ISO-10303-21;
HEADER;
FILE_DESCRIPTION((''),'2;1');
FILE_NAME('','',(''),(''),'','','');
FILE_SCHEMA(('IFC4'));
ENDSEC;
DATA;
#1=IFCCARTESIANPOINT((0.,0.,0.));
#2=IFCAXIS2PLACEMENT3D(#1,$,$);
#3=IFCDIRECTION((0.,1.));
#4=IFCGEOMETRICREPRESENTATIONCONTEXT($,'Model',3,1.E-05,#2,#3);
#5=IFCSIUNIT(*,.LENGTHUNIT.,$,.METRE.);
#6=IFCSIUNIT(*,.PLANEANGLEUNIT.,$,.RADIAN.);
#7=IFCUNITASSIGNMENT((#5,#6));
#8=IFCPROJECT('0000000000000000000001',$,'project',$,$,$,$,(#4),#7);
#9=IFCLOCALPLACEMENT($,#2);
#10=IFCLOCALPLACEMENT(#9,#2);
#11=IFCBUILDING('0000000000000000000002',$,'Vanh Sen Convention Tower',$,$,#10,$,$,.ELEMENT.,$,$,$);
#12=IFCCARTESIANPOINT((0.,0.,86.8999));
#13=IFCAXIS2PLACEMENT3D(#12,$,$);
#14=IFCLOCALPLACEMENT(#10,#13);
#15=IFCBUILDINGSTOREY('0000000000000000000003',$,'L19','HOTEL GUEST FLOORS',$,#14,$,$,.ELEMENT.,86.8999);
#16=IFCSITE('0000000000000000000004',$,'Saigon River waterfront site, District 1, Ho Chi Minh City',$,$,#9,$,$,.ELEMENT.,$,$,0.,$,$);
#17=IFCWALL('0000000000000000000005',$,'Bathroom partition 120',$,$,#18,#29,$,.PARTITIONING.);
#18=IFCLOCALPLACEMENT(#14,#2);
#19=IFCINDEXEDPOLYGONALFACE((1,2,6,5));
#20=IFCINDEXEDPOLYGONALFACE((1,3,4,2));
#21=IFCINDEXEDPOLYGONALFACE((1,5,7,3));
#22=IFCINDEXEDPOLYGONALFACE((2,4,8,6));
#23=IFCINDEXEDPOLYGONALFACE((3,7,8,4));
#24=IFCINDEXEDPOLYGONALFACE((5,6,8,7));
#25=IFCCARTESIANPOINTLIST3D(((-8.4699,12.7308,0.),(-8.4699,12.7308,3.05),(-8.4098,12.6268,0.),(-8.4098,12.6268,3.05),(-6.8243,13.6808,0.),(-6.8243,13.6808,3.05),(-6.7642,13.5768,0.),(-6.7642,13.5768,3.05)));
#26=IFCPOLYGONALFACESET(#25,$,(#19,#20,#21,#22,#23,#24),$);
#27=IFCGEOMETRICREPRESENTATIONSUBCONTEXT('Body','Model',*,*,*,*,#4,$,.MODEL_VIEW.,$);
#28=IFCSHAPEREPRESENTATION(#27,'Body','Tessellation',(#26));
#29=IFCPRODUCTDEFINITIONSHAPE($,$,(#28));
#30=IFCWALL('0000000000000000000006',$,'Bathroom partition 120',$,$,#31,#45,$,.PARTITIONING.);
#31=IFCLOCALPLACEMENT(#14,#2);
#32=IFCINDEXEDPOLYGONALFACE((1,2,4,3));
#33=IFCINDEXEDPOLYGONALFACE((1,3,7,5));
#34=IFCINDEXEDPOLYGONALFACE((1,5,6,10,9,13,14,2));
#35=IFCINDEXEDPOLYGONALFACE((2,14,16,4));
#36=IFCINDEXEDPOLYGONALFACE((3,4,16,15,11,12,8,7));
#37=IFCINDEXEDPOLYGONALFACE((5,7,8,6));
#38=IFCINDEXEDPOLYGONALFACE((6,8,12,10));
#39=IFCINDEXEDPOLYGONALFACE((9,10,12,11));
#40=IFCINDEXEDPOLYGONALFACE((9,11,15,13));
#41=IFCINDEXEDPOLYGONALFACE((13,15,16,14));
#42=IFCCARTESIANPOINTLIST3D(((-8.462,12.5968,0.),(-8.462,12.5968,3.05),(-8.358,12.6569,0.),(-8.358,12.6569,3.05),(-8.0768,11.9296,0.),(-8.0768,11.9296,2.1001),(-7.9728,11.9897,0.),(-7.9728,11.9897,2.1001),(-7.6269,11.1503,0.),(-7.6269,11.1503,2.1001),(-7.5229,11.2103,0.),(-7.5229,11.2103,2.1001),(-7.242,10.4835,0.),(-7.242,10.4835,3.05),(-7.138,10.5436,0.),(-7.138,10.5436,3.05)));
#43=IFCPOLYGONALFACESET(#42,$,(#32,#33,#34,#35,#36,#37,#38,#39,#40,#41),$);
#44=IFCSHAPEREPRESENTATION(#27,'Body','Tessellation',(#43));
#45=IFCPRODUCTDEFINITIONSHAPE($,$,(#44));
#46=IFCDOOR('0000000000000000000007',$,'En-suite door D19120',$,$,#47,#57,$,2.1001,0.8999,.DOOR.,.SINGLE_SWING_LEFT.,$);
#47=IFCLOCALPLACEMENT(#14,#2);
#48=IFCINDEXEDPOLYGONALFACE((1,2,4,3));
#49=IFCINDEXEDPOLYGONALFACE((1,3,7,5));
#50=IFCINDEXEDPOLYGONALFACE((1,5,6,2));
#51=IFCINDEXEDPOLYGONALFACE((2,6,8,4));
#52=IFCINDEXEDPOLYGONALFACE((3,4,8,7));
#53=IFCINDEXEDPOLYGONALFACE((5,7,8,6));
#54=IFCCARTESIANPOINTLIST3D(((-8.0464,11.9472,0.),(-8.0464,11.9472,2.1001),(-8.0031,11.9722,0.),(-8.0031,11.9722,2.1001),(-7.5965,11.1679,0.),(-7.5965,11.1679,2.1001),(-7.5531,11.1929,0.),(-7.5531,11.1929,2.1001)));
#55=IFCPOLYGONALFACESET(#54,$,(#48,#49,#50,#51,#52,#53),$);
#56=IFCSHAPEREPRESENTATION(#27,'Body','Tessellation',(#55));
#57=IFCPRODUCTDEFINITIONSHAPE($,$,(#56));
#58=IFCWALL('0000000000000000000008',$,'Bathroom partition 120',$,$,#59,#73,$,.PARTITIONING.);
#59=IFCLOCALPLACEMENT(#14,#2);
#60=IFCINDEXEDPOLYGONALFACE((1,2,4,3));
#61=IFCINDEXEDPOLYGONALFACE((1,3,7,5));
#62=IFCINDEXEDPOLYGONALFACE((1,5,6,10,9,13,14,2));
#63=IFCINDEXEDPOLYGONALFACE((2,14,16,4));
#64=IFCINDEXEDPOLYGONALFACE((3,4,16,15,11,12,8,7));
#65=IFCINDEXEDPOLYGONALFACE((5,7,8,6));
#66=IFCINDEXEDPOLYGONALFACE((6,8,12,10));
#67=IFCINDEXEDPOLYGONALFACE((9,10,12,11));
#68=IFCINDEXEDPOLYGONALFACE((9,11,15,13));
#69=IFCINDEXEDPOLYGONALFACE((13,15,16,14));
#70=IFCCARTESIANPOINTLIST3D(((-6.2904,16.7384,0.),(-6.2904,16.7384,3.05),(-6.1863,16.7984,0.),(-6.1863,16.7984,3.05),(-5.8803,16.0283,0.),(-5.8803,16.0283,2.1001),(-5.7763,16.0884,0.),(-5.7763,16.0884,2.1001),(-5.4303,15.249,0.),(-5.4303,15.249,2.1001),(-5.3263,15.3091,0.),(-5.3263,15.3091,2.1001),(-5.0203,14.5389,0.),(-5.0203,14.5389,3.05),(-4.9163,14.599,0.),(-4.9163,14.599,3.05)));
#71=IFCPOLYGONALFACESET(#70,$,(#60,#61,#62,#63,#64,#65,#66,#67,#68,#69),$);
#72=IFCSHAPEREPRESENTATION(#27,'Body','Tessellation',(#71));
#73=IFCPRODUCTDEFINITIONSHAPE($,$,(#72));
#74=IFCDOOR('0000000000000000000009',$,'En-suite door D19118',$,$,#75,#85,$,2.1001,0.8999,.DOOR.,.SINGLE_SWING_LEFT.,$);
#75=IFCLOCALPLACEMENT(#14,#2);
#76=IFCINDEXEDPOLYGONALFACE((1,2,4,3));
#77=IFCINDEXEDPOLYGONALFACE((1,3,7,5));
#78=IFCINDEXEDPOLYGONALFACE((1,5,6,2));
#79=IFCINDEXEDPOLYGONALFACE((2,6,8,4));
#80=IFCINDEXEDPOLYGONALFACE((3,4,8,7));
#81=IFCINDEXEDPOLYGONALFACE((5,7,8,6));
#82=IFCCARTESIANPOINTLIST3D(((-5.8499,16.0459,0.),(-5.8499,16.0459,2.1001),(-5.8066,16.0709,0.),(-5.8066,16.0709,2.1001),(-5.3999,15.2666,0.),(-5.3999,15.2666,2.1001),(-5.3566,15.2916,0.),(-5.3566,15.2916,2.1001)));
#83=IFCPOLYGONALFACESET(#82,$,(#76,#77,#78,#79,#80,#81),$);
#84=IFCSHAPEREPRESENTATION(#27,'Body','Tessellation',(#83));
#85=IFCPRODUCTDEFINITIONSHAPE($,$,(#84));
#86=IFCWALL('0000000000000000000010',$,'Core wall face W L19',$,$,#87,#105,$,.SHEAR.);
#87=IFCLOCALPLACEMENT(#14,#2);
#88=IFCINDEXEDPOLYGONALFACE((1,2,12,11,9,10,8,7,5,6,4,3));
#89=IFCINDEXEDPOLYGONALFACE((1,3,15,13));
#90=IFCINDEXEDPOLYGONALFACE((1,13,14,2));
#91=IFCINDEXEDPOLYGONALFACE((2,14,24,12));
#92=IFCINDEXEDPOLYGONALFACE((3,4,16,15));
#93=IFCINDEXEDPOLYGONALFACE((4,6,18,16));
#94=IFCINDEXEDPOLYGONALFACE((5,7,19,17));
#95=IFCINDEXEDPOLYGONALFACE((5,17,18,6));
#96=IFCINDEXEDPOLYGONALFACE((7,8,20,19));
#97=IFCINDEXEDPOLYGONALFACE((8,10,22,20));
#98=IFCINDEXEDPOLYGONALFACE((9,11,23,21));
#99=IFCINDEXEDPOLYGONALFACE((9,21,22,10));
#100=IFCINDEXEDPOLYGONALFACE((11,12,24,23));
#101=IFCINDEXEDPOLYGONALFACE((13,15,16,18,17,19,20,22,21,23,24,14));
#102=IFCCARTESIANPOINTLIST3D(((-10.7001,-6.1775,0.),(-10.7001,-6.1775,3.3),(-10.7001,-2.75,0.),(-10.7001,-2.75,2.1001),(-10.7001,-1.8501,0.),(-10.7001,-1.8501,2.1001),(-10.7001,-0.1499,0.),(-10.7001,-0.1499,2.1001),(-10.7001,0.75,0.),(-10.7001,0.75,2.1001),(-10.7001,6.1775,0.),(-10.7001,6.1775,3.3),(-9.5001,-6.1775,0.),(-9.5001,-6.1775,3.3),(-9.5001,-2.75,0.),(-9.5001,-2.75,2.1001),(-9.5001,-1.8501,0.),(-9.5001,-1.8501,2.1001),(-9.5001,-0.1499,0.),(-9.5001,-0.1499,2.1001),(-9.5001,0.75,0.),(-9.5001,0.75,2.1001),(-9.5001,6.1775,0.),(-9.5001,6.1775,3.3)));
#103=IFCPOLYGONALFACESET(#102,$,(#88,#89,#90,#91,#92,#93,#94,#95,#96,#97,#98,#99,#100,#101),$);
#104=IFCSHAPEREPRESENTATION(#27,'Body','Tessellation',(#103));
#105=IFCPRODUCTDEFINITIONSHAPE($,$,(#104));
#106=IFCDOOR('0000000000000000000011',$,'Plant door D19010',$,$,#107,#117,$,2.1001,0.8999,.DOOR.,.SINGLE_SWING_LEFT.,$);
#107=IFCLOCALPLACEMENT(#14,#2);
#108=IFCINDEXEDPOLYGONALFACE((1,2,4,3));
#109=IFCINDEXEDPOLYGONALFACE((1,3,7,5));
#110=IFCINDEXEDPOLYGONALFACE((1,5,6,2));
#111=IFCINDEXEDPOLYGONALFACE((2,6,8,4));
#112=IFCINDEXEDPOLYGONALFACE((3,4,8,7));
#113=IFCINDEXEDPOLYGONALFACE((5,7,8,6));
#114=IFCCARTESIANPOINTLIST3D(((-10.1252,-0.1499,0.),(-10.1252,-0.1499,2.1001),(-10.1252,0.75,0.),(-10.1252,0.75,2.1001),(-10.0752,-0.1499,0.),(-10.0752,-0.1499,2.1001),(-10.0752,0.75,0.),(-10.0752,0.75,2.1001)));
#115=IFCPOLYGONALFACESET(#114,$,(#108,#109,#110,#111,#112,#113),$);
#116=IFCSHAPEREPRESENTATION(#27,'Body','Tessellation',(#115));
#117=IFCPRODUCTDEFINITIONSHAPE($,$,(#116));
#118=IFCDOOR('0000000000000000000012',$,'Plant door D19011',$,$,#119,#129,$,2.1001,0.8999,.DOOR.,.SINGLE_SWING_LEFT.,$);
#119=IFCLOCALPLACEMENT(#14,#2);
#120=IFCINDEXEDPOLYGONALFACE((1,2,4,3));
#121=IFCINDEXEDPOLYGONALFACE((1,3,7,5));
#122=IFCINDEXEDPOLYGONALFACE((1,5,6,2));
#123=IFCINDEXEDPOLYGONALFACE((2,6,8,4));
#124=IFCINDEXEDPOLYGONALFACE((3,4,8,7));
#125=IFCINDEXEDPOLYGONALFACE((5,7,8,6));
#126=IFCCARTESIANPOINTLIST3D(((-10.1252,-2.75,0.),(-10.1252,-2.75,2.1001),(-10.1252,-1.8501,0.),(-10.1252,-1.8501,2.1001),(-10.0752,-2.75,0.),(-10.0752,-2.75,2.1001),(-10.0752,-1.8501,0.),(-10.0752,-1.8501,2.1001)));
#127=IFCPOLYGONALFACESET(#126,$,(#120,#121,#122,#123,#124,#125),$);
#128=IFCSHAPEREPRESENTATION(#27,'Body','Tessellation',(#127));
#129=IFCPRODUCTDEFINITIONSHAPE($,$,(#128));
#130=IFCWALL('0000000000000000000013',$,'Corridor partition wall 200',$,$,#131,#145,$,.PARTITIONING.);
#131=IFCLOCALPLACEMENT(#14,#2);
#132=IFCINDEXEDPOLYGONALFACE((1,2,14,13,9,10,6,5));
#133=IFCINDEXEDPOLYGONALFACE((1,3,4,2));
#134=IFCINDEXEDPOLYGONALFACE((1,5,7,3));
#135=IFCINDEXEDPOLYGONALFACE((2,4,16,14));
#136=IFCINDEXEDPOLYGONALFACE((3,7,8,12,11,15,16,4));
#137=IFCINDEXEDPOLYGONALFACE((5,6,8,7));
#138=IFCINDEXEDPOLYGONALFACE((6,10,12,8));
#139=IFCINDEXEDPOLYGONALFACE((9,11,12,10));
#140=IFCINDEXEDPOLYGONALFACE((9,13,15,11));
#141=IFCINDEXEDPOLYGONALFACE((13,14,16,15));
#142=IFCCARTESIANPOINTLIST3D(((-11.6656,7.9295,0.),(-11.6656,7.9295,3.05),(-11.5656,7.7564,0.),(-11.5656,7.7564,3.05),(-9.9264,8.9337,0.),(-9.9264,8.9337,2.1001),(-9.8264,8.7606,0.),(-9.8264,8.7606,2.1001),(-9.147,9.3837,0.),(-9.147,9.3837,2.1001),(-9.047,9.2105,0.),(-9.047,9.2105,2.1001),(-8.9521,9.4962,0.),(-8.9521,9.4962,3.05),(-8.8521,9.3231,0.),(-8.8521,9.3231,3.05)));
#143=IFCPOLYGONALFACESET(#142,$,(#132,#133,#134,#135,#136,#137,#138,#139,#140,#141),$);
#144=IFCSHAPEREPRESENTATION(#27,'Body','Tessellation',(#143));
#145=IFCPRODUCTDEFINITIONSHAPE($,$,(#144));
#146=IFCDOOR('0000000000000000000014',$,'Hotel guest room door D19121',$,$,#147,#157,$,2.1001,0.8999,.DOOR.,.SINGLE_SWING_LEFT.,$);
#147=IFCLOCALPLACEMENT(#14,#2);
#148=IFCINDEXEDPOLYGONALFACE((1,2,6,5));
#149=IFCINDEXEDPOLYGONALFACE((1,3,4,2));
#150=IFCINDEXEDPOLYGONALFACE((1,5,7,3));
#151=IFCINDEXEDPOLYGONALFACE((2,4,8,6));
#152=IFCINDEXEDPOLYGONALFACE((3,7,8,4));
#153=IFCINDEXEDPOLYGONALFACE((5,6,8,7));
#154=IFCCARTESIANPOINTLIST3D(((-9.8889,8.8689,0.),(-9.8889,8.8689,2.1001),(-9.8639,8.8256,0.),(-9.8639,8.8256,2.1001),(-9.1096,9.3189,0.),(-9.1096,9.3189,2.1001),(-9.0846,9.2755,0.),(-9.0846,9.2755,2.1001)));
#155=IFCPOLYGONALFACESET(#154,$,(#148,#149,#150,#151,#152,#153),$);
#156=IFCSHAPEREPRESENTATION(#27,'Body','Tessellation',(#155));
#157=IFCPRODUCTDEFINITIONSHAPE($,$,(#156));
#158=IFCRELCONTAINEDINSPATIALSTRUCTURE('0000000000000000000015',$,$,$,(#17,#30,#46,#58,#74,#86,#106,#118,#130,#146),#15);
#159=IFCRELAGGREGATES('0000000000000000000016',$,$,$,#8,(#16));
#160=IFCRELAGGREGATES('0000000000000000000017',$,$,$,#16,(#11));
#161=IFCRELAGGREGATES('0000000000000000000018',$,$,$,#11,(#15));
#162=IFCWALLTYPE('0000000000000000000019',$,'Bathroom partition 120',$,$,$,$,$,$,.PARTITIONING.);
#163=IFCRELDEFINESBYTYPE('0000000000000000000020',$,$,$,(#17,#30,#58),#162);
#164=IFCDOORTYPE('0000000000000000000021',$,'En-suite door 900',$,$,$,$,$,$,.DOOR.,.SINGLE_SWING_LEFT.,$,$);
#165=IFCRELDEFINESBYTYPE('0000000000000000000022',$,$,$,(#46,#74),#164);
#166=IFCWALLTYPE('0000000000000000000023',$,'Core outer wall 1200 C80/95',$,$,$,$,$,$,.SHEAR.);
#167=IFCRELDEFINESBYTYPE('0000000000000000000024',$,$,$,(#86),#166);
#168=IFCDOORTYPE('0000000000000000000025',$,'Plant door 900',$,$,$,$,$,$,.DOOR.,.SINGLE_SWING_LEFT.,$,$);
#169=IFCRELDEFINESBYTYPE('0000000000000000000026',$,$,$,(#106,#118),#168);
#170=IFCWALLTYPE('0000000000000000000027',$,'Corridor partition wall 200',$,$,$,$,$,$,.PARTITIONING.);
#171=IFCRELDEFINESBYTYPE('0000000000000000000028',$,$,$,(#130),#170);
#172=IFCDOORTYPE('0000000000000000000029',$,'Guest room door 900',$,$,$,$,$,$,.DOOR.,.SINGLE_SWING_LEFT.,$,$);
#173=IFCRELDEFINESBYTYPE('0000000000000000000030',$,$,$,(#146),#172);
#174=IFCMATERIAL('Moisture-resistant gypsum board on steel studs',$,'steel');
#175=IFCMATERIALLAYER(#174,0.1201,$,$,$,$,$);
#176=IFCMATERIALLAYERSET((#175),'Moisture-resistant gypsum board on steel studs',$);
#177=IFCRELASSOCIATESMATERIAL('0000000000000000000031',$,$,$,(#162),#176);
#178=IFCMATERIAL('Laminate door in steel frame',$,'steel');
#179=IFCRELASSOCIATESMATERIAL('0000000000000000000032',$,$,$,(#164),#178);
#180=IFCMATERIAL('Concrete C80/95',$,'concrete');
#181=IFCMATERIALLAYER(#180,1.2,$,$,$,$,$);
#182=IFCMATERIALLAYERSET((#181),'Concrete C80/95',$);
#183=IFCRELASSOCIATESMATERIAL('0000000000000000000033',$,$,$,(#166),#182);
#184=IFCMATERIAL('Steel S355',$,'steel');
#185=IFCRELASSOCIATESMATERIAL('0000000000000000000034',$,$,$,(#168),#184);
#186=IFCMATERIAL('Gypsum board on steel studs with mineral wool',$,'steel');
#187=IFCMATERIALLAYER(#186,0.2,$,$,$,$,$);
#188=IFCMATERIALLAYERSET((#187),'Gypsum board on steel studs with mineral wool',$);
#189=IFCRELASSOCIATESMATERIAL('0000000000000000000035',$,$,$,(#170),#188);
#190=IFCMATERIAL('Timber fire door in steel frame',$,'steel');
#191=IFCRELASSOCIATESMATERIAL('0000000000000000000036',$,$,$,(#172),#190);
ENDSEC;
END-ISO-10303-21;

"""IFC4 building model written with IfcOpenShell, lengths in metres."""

from ifc_helpers import new_model, si_unit, direction, frame, frame_2d, origin, place, context, subcontext, project, spatial, rectangle, extrude, material, layer, layer_set, type_object, element, fill, save


model = new_model("IFC4")

# Units and contexts
model_context = context("Model", 3, precision=1e-05, world=origin(), true_north=direction((0.0, 1.0)))
body_context = subcontext(model_context, "Body", "Model", "MODEL_VIEW")
ifc_project = project(units=[si_unit("LENGTHUNIT", "METRE"), si_unit("PLANEANGLEUNIT", "RADIAN")], contexts=[model_context])

# Site, building, storey
site_placement = place(None, origin())
site = spatial("IfcSite", under=ifc_project, at=site_placement, Name="Saigon River waterfront site, District 1, Ho Chi Minh City", CompositionType="ELEMENT", RefElevation=0.0)
building_placement = place(site_placement, origin())
building = spatial("IfcBuilding", under=site, at=building_placement, Name="Vanh Sen Convention Tower", CompositionType="ELEMENT")
storey_placement = place(building_placement, frame((0.0, 0.0, 86.8999)))
storey = spatial("IfcBuildingStorey", under=building, at=storey_placement, Name="L19", Description="HOTEL GUEST FLOORS", CompositionType="ELEMENT", Elevation=86.8999)

# Wall
ifc_material_1 = material(Name="Moisture-resistant gypsum board on steel studs", Category="steel")
ifc_layer_1 = layer(ifc_material_1, 0.1201)
ifc_layer_set_1 = layer_set([ifc_layer_1], Name="Moisture-resistant gypsum board on steel studs")
wall_type_1 = type_object("IfcWallType", Name="Bathroom partition 120", PredefinedType="PARTITIONING", material=ifc_layer_set_1)
wall_1_placement = place(storey_placement, frame((-8.4399, 12.6787, 0.0), z_axis=(0.0, 0.0, 1.0), x_axis=(0.866044, 0.499967, 0.0)))
element("IfcWall", 1, at=wall_1_placement, inside=storey, type_object=wall_type_1, Name="Bathroom partition 120", PredefinedType="PARTITIONING", context=body_context, shape_type="SweptSolid", body=[
    extrude(rectangle(XDim=1.9001, YDim=0.1201, at=frame_2d((0.9502, 0.0))), origin(), (0.0, 0.0, 1.0), 3.05),
])

# Walls, openings, doors
wall_2_placement = place(storey_placement, frame((-7.1899, 10.5134, 0.0), z_axis=(0.0, 0.0, 1.0), x_axis=(-0.499959, 0.866049, 0.0)))
wall_2 = element("IfcWall", 2, at=wall_2_placement, inside=storey, type_object=wall_type_1, Name="Bathroom partition 120", PredefinedType="PARTITIONING", context=body_context, shape_type="SweptSolid", body=[
    extrude(rectangle(XDim=2.4402, YDim=0.1201, at=frame_2d((1.2202, 0.0))), origin(), (0.0, 0.0, 1.0), 3.05),
])
opening_1_placement = place(wall_2_placement, frame((0.77, 0.0, 0.0)))
opening_1 = element("IfcOpeningElement", 3, at=opening_1_placement, cuts=wall_2, PredefinedType="OPENING", context=body_context, shape_type="SweptSolid", body=[
    extrude(rectangle(XDim=0.8999, YDim=2.1001, at=frame_2d((0.45, 1.05))), frame((0.0, 0.0701, 0.0), z_axis=(0.0, -1.0, 0.0), x_axis=(1.0, 0.0, 0.0)), (0.0, 0.0, 1.0), 0.1401),
])
ifc_material_2 = material(Name="Laminate door in steel frame", Category="steel")
door_type_1 = type_object("IfcDoorType", Name="En-suite door 900", OperationType="SINGLE_SWING_LEFT", PredefinedType="DOOR", material=ifc_material_2)
door_1_placement = place(opening_1_placement, origin())
door_1 = element("IfcDoor", 4, at=door_1_placement, inside=storey, type_object=door_type_1, Name="En-suite door D19120", OperationType="SINGLE_SWING_LEFT", OverallHeight=2.1001, OverallWidth=0.8999, PredefinedType="DOOR", context=body_context, shape_type="SweptSolid", body=[
    extrude(rectangle(XDim=0.8999, YDim=2.1001, at=frame_2d((0.45, 1.05))), frame((0.0, 0.0249, 0.0), z_axis=(0.0, -1.0, 0.0), x_axis=(1.0, 0.0, 0.0)), (0.0, 0.0, 1.0), 0.05),
])
fill(opening_1, door_1)
wall_3_placement = place(storey_placement, frame((-4.9683, 14.5688, 0.0), z_axis=(0.0, 0.0, 1.0), x_axis=(-0.500047, 0.865998, 0.0)))
wall_3 = element("IfcWall", 5, at=wall_3_placement, inside=storey, type_object=wall_type_1, Name="Bathroom partition 120", PredefinedType="PARTITIONING", context=body_context, shape_type="SweptSolid", body=[
    extrude(rectangle(XDim=2.5398, YDim=0.1201, at=frame_2d((1.27, 0.0))), origin(), (0.0, 0.0, 1.0), 3.05),
])
opening_2_placement = place(wall_3_placement, frame((0.8201, 0.0, 0.0)))
opening_2 = element("IfcOpeningElement", 6, at=opening_2_placement, cuts=wall_3, PredefinedType="OPENING", context=body_context, shape_type="SweptSolid", body=[
    extrude(rectangle(XDim=0.8999, YDim=2.1001, at=frame_2d((0.45, 1.05))), frame((0.0, 0.0701, 0.0), z_axis=(0.0, -1.0, 0.0), x_axis=(1.0, 0.0, 0.0)), (0.0, 0.0, 1.0), 0.1401),
])
door_2_placement = place(opening_2_placement, origin())
door_2 = element("IfcDoor", 7, at=door_2_placement, inside=storey, type_object=door_type_1, Name="En-suite door D19118", OperationType="SINGLE_SWING_LEFT", OverallHeight=2.1001, OverallWidth=0.8999, PredefinedType="DOOR", context=body_context, shape_type="SweptSolid", body=[
    extrude(rectangle(XDim=0.8999, YDim=2.1001, at=frame_2d((0.45, 1.05))), frame((0.0, 0.0249, 0.0), z_axis=(0.0, -1.0, 0.0), x_axis=(1.0, 0.0, 0.0)), (0.0, 0.0, 1.0), 0.05),
])
fill(opening_2, door_2)

# Wall, openings, doors
ifc_material_3 = material(Name="Concrete C80/95", Category="concrete")
ifc_layer_2 = layer(ifc_material_3, 1.2)
ifc_layer_set_2 = layer_set([ifc_layer_2], Name="Concrete C80/95")
wall_type_2 = type_object("IfcWallType", Name="Core outer wall 1200 C80/95", PredefinedType="SHEAR", material=ifc_layer_set_2)
wall_4_placement = place(storey_placement, frame((-10.1001, 6.1775, 0.0), z_axis=(0.0, 0.0, 1.0), x_axis=(0.0, -1.0, 0.0)))
wall_4 = element("IfcWall", 8, at=wall_4_placement, inside=storey, type_object=wall_type_2, Name="Core wall face W L19", PredefinedType="SHEAR", context=body_context, shape_type="SweptSolid", body=[
    extrude(rectangle(XDim=12.355, YDim=1.2, at=frame_2d((6.1775, 0.0))), origin(), (0.0, 0.0, 1.0), 3.3),
])
opening_3_placement = place(wall_4_placement, frame((5.4275, 0.0, 0.0)))
opening_3 = element("IfcOpeningElement", 9, at=opening_3_placement, cuts=wall_4, PredefinedType="OPENING", context=body_context, shape_type="SweptSolid", body=[
    extrude(rectangle(XDim=0.8999, YDim=2.1001, at=frame_2d((0.45, 1.05))), frame((0.0, 0.6099, 0.0), z_axis=(0.0, -1.0, 0.0), x_axis=(1.0, 0.0, 0.0)), (0.0, 0.0, 1.0), 1.22),
])
opening_4_placement = place(wall_4_placement, frame((8.0276, 0.0, 0.0)))
opening_4 = element("IfcOpeningElement", 10, at=opening_4_placement, cuts=wall_4, PredefinedType="OPENING", context=body_context, shape_type="SweptSolid", body=[
    extrude(rectangle(XDim=0.8999, YDim=2.1001, at=frame_2d((0.45, 1.05))), frame((0.0, 0.6099, 0.0), z_axis=(0.0, -1.0, 0.0), x_axis=(1.0, 0.0, 0.0)), (0.0, 0.0, 1.0), 1.22),
])
ifc_material_4 = material(Name="Steel S355", Category="steel")
door_type_2 = type_object("IfcDoorType", Name="Plant door 900", OperationType="SINGLE_SWING_LEFT", PredefinedType="DOOR", material=ifc_material_4)
door_3_placement = place(opening_3_placement, origin())
door_3 = element("IfcDoor", 11, at=door_3_placement, inside=storey, type_object=door_type_2, Name="Plant door D19010", OperationType="SINGLE_SWING_LEFT", OverallHeight=2.1001, OverallWidth=0.8999, PredefinedType="DOOR", context=body_context, shape_type="SweptSolid", body=[
    extrude(rectangle(XDim=0.8999, YDim=2.1001, at=frame_2d((0.45, 1.05))), frame((0.0, 0.0249, 0.0), z_axis=(0.0, -1.0, 0.0), x_axis=(1.0, 0.0, 0.0)), (0.0, 0.0, 1.0), 0.05),
])
fill(opening_3, door_3)
door_4_placement = place(opening_4_placement, origin())
door_4 = element("IfcDoor", 12, at=door_4_placement, inside=storey, type_object=door_type_2, Name="Plant door D19011", OperationType="SINGLE_SWING_LEFT", OverallHeight=2.1001, OverallWidth=0.8999, PredefinedType="DOOR", context=body_context, shape_type="SweptSolid", body=[
    extrude(rectangle(XDim=0.8999, YDim=2.1001, at=frame_2d((0.45, 1.05))), frame((0.0, 0.0249, 0.0), z_axis=(0.0, -1.0, 0.0), x_axis=(1.0, 0.0, 0.0)), (0.0, 0.0, 1.0), 0.05),
])
fill(opening_4, door_4)

# Wall, opening, door
ifc_material_5 = material(Name="Gypsum board on steel studs with mineral wool", Category="steel")
ifc_layer_3 = layer(ifc_material_5, 0.2)
ifc_layer_set_3 = layer_set([ifc_layer_3], Name="Gypsum board on steel studs with mineral wool")
wall_type_3 = type_object("IfcWallType", Name="Corridor partition wall 200", PredefinedType="PARTITIONING", material=ifc_layer_set_3)
wall_5_placement = place(storey_placement, frame((-8.9021, 9.4097, 0.0), z_axis=(0.0, 0.0, 1.0), x_axis=(-0.866014, -0.500019, 0.0)))
wall_5 = element("IfcWall", 13, at=wall_5_placement, inside=storey, type_object=wall_type_3, Name="Corridor partition wall 200", PredefinedType="PARTITIONING", context=body_context, shape_type="SweptSolid", body=[
    extrude(rectangle(XDim=3.1333, YDim=0.2, at=frame_2d((1.5667, 0.0))), origin(), (0.0, 0.0, 1.0), 3.05),
])
opening_5_placement = place(wall_5_placement, frame((0.2251, 0.0, 0.0)))
opening_5 = element("IfcOpeningElement", 14, at=opening_5_placement, cuts=wall_5, PredefinedType="OPENING", context=body_context, shape_type="SweptSolid", body=[
    extrude(rectangle(XDim=0.8999, YDim=2.1001, at=frame_2d((0.45, 1.05))), frame((0.0, 0.1099, 0.0), z_axis=(0.0, -1.0, 0.0), x_axis=(1.0, 0.0, 0.0)), (0.0, 0.0, 1.0), 0.22),
])
ifc_material_6 = material(Name="Timber fire door in steel frame", Category="steel")
door_type_3 = type_object("IfcDoorType", Name="Guest room door 900", OperationType="SINGLE_SWING_LEFT", PredefinedType="DOOR", material=ifc_material_6)
door_5_placement = place(opening_5_placement, origin())
door_5 = element("IfcDoor", 15, at=door_5_placement, inside=storey, type_object=door_type_3, Name="Hotel guest room door D19121", OperationType="SINGLE_SWING_LEFT", OverallHeight=2.1001, OverallWidth=0.8999, PredefinedType="DOOR", context=body_context, shape_type="SweptSolid", body=[
    extrude(rectangle(XDim=0.8999, YDim=2.1001, at=frame_2d((0.45, 1.05))), frame((0.0, 0.0249, 0.0), z_axis=(0.0, -1.0, 0.0), x_axis=(1.0, 0.0, 0.0)), (0.0, 0.0, 1.0), 0.05),
])
fill(opening_5, door_5)

save(model, "model.ifc")
